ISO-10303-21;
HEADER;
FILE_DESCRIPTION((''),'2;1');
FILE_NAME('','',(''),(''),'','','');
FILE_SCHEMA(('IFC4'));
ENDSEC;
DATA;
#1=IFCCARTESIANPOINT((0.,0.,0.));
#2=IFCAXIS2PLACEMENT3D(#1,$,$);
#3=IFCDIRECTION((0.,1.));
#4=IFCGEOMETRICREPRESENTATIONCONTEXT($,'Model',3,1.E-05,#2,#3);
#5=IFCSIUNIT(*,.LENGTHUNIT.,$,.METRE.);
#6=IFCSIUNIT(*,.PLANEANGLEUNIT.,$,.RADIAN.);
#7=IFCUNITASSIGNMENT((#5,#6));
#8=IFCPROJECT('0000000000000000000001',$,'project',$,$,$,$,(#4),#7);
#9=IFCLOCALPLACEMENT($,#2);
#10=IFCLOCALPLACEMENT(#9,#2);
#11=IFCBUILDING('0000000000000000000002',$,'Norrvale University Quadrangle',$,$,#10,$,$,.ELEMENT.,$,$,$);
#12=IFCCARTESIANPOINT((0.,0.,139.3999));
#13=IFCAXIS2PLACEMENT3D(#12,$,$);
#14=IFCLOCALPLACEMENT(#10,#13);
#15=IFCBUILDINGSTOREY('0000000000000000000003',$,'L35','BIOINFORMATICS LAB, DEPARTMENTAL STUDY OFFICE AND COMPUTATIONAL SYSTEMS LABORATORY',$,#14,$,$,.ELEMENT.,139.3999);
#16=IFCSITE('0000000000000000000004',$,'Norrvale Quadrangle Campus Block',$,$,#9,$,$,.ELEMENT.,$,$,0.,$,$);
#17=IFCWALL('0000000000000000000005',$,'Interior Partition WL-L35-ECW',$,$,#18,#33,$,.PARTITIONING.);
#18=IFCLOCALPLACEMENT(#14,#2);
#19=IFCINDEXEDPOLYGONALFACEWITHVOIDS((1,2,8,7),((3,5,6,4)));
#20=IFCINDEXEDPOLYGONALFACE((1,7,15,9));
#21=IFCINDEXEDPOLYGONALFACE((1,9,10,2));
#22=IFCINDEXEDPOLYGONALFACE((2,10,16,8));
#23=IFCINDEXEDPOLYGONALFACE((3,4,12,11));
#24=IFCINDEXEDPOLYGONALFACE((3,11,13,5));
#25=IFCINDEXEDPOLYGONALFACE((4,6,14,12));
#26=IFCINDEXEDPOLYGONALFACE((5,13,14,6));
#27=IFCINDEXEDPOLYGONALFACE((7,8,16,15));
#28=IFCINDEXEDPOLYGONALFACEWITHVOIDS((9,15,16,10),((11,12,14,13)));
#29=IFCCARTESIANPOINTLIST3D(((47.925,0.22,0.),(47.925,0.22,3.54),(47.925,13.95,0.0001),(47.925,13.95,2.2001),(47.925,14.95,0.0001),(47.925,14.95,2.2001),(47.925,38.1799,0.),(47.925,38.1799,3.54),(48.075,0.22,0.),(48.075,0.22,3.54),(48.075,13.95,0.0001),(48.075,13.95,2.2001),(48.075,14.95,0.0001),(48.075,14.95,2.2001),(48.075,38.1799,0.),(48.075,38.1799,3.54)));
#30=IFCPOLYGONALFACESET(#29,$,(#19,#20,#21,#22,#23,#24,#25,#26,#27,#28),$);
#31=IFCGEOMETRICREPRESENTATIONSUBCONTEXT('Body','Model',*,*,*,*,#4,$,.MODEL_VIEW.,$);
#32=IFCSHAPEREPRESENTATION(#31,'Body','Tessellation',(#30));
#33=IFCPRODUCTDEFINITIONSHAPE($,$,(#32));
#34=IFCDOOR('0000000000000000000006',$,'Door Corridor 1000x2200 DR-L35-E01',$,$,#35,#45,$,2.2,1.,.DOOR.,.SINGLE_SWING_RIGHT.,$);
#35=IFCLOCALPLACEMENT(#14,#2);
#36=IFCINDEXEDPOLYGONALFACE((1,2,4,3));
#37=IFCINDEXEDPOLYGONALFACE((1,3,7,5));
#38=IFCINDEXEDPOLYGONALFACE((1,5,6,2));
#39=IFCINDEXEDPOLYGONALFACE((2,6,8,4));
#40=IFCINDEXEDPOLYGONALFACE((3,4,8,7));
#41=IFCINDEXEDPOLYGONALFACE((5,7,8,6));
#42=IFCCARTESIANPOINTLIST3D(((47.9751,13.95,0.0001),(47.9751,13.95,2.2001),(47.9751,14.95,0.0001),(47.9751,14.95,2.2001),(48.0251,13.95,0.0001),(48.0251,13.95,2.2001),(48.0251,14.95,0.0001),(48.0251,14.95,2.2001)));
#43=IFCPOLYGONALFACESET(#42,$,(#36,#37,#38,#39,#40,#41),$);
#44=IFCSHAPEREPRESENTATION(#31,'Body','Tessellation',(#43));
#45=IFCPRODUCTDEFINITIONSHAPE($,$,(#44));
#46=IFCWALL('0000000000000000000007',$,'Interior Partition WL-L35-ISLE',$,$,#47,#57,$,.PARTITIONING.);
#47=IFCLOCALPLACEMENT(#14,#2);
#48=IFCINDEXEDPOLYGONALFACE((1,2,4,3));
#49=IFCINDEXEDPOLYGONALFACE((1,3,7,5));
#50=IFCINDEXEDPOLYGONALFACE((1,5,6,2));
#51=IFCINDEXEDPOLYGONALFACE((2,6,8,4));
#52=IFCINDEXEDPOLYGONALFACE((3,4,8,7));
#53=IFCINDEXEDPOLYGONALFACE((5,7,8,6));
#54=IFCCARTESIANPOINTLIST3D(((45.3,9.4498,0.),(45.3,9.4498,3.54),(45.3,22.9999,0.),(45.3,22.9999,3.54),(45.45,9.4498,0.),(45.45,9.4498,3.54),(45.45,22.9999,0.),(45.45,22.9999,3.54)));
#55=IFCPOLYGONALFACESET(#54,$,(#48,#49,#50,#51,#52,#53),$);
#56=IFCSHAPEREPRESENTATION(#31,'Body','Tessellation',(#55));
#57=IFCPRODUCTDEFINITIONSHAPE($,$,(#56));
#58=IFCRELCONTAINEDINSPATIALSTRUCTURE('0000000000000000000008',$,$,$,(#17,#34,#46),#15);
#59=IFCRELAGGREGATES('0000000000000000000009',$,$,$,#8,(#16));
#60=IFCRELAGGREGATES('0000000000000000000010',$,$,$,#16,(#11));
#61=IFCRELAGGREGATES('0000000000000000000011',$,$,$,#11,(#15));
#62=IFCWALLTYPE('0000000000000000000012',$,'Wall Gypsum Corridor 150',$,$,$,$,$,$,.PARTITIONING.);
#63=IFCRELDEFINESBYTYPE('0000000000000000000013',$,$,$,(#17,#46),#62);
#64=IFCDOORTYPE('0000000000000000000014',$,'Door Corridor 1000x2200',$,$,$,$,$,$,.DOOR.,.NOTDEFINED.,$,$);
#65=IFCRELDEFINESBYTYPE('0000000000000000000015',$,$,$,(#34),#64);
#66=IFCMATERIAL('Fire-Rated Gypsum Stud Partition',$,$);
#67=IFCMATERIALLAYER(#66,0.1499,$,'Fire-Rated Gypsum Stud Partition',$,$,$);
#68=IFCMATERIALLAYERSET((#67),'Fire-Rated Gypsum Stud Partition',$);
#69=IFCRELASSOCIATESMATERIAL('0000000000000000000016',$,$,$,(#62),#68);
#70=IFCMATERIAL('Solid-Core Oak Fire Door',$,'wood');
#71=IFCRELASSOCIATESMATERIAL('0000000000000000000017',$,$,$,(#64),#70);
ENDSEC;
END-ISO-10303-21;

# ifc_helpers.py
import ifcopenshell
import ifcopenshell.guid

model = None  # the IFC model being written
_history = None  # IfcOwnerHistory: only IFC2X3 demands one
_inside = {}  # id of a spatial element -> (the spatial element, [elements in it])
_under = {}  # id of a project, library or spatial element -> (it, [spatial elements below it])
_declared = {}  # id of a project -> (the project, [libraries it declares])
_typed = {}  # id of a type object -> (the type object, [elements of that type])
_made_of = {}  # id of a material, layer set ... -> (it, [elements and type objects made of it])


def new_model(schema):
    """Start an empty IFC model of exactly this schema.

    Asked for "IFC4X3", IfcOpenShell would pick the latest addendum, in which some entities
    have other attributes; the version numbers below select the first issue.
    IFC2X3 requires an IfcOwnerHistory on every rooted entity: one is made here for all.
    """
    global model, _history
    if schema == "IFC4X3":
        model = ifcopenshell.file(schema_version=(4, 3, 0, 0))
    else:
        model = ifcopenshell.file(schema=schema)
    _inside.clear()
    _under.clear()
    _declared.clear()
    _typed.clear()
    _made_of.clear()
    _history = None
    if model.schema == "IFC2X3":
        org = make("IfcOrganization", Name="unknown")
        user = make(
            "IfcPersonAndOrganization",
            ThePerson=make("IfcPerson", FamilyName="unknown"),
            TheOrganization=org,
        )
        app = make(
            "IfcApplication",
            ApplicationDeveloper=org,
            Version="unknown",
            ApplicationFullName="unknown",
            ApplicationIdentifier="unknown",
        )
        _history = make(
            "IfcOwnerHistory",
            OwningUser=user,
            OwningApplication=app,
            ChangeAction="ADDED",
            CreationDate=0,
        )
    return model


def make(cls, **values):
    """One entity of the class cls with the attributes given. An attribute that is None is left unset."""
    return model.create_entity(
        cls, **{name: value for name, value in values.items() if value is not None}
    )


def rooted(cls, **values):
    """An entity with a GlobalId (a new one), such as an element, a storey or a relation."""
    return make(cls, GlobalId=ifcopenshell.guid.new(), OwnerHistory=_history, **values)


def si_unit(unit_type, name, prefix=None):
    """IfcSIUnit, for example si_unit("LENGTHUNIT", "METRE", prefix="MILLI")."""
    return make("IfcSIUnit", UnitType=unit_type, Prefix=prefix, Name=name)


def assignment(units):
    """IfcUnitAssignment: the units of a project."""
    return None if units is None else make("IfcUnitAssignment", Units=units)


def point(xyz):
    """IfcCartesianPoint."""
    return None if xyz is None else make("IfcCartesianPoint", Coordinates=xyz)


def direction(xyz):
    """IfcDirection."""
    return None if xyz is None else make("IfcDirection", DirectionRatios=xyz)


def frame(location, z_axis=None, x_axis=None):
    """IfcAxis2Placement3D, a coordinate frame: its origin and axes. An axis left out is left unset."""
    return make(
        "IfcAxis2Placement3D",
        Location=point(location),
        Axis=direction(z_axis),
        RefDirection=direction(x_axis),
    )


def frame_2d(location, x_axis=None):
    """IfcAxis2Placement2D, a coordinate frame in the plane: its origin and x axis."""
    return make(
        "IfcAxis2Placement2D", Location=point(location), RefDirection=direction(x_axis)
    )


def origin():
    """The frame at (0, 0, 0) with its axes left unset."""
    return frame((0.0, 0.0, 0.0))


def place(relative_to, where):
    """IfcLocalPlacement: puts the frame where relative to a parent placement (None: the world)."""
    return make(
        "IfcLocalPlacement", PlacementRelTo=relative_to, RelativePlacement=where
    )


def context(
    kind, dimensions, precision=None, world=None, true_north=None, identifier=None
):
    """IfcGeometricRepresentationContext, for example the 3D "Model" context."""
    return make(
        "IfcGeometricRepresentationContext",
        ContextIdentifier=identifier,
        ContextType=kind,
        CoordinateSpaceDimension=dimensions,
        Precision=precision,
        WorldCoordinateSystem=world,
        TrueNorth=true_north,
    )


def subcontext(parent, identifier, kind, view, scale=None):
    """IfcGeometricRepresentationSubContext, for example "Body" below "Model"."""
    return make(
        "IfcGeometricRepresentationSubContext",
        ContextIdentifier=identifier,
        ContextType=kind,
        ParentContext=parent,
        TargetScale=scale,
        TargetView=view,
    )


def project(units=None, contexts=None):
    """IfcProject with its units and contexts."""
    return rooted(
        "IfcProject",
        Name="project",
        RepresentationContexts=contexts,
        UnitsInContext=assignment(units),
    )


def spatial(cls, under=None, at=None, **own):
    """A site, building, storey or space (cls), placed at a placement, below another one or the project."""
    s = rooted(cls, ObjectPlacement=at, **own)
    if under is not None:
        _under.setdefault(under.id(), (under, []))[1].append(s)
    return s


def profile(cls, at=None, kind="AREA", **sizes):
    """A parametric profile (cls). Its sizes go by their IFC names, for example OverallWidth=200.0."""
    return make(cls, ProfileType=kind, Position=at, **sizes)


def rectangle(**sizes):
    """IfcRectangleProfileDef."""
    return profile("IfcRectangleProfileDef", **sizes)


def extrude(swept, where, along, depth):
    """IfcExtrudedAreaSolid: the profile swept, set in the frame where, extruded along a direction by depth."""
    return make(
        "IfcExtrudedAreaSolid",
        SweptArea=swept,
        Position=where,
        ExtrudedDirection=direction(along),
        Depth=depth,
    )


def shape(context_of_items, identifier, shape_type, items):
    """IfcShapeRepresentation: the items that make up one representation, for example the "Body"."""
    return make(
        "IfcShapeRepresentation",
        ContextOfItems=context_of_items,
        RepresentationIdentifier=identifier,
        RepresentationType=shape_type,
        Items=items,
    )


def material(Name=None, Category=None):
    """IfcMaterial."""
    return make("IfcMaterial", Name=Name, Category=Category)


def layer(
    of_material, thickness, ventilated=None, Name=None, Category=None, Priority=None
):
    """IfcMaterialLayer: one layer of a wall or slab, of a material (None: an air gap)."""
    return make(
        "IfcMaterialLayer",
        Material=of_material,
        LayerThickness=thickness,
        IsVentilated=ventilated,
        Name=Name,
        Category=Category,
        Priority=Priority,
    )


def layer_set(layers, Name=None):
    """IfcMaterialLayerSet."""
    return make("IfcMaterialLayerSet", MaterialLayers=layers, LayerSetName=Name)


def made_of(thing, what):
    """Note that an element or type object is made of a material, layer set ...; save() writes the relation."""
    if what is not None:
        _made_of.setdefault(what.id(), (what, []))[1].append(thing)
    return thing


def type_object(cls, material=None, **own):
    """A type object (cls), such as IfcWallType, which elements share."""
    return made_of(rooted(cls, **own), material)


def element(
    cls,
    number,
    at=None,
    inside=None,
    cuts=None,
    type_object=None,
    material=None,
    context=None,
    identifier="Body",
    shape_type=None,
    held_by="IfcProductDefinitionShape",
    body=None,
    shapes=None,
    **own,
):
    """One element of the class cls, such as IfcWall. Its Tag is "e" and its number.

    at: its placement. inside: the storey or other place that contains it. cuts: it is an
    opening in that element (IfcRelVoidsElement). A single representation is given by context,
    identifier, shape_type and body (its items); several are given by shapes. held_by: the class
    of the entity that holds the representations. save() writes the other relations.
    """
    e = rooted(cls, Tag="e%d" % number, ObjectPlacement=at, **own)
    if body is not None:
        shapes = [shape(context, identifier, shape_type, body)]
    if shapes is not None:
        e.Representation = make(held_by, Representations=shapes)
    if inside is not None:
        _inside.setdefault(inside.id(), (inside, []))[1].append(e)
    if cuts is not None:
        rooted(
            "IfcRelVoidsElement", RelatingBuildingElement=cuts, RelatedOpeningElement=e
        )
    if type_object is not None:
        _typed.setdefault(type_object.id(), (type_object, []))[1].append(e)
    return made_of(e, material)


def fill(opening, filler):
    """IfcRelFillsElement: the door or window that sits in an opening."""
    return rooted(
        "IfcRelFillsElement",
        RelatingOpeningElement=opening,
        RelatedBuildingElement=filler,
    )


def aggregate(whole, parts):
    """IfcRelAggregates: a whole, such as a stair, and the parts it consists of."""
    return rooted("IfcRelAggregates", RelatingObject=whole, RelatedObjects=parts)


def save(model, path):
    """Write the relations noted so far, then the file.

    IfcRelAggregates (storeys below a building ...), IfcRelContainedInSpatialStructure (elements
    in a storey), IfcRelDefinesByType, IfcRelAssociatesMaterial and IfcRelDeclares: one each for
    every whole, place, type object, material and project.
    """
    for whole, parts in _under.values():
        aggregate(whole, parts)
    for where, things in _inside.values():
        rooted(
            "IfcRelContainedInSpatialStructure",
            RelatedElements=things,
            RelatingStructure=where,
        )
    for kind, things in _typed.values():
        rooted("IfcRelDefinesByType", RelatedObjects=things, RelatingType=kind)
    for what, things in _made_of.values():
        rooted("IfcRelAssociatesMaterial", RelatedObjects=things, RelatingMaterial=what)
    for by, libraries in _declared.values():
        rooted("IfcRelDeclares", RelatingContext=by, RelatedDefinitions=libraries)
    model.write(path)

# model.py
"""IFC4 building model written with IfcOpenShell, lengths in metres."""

from ifc_helpers import new_model, si_unit, direction, frame, frame_2d, origin, place, context, subcontext, project, spatial, rectangle, extrude, material, layer, layer_set, type_object, element, fill, save


model = new_model("IFC4")

# Units and contexts
model_context = context("Model", 3, precision=1e-05, world=origin(), true_north=direction((0.0, 1.0)))
body_context = subcontext(model_context, "Body", "Model", "MODEL_VIEW")
ifc_project = project(units=[si_unit("LENGTHUNIT", "METRE"), si_unit("PLANEANGLEUNIT", "RADIAN")], contexts=[model_context])

# Site, building, storey
site_placement = place(None, origin())
site = spatial("IfcSite", under=ifc_project, at=site_placement, Name="Norrvale Quadrangle Campus Block", CompositionType="ELEMENT", RefElevation=0.0)
building_placement = place(site_placement, origin())
building = spatial("IfcBuilding", under=site, at=building_placement, Name="Norrvale University Quadrangle", CompositionType="ELEMENT")
storey_placement = place(building_placement, frame((0.0, 0.0, 139.3999)))
storey = spatial("IfcBuildingStorey", under=building, at=storey_placement, Name="L35", Description="BIOINFORMATICS LAB, DEPARTMENTAL STUDY OFFICE AND COMPUTATIONAL SYSTEMS LABORATORY", CompositionType="ELEMENT", Elevation=139.3999)

# Wall, opening, door
ifc_material_1 = material(Name="Fire-Rated Gypsum Stud Partition")
ifc_layer_1 = layer(ifc_material_1, 0.1499, Name="Fire-Rated Gypsum Stud Partition")
ifc_layer_set_1 = layer_set([ifc_layer_1], Name="Fire-Rated Gypsum Stud Partition")
wall_type_1 = type_object("IfcWallType", Name="Wall Gypsum Corridor 150", PredefinedType="PARTITIONING", material=ifc_layer_set_1)
wall_1_placement = place(storey_placement, frame((48.0, 0.22, 0.0), z_axis=(0.0, 0.0, 1.0), x_axis=(0.0, 1.0, 0.0)))
wall_1 = element("IfcWall", 1, at=wall_1_placement, inside=storey, type_object=wall_type_1, Name="Interior Partition WL-L35-ECW", PredefinedType="PARTITIONING", context=body_context, shape_type="SweptSolid", body=[
    extrude(rectangle(XDim=37.96, YDim=0.1499, at=frame_2d((18.98, 0.0))), origin(), (0.0, 0.0, 1.0), 3.54),
])
opening_1_placement = place(wall_1_placement, frame((13.73, 0.0, 0.0)))
opening_1 = element("IfcOpeningElement", 2, at=opening_1_placement, cuts=wall_1, PredefinedType="OPENING", context=body_context, shape_type="SweptSolid", body=[
    extrude(rectangle(XDim=1.0, YDim=2.2, at=frame_2d((0.5, 1.1001))), frame((0.0, 0.0869, 0.0), z_axis=(0.0, -1.0, 0.0), x_axis=(1.0, 0.0, 0.0)), (0.0, 0.0, 1.0), 0.1738),
])
ifc_material_2 = material(Name="Solid-Core Oak Fire Door", Category="wood")
door_type = type_object("IfcDoorType", Name="Door Corridor 1000x2200", OperationType="NOTDEFINED", PredefinedType="DOOR", material=ifc_material_2)
door_placement = place(opening_1_placement, origin())
door = element("IfcDoor", 3, at=door_placement, inside=storey, type_object=door_type, Name="Door Corridor 1000x2200 DR-L35-E01", OperationType="SINGLE_SWING_RIGHT", OverallHeight=2.2, OverallWidth=1.0, PredefinedType="DOOR", context=body_context, shape_type="SweptSolid", body=[
    extrude(rectangle(XDim=1.0, YDim=2.2, at=frame_2d((0.5, 1.1001))), frame((0.0, 0.0249, 0.0), z_axis=(0.0, -1.0, 0.0), x_axis=(1.0, 0.0, 0.0)), (0.0, 0.0, 1.0), 0.05),
])
fill(opening_1, door)

# Wall
wall_2_placement = place(storey_placement, frame((45.375, 9.45, 0.0), z_axis=(0.0, 0.0, 1.0), x_axis=(0.0, 1.0, 0.0)))
element("IfcWall", 4, at=wall_2_placement, inside=storey, type_object=wall_type_1, Name="Interior Partition WL-L35-ISLE", PredefinedType="PARTITIONING", context=body_context, shape_type="SweptSolid", body=[
    extrude(rectangle(XDim=13.55, YDim=0.1499, at=frame_2d((6.7749, 0.0))), origin(), (0.0, 0.0, 1.0), 3.54),
])

save(model, "model.ifc")
